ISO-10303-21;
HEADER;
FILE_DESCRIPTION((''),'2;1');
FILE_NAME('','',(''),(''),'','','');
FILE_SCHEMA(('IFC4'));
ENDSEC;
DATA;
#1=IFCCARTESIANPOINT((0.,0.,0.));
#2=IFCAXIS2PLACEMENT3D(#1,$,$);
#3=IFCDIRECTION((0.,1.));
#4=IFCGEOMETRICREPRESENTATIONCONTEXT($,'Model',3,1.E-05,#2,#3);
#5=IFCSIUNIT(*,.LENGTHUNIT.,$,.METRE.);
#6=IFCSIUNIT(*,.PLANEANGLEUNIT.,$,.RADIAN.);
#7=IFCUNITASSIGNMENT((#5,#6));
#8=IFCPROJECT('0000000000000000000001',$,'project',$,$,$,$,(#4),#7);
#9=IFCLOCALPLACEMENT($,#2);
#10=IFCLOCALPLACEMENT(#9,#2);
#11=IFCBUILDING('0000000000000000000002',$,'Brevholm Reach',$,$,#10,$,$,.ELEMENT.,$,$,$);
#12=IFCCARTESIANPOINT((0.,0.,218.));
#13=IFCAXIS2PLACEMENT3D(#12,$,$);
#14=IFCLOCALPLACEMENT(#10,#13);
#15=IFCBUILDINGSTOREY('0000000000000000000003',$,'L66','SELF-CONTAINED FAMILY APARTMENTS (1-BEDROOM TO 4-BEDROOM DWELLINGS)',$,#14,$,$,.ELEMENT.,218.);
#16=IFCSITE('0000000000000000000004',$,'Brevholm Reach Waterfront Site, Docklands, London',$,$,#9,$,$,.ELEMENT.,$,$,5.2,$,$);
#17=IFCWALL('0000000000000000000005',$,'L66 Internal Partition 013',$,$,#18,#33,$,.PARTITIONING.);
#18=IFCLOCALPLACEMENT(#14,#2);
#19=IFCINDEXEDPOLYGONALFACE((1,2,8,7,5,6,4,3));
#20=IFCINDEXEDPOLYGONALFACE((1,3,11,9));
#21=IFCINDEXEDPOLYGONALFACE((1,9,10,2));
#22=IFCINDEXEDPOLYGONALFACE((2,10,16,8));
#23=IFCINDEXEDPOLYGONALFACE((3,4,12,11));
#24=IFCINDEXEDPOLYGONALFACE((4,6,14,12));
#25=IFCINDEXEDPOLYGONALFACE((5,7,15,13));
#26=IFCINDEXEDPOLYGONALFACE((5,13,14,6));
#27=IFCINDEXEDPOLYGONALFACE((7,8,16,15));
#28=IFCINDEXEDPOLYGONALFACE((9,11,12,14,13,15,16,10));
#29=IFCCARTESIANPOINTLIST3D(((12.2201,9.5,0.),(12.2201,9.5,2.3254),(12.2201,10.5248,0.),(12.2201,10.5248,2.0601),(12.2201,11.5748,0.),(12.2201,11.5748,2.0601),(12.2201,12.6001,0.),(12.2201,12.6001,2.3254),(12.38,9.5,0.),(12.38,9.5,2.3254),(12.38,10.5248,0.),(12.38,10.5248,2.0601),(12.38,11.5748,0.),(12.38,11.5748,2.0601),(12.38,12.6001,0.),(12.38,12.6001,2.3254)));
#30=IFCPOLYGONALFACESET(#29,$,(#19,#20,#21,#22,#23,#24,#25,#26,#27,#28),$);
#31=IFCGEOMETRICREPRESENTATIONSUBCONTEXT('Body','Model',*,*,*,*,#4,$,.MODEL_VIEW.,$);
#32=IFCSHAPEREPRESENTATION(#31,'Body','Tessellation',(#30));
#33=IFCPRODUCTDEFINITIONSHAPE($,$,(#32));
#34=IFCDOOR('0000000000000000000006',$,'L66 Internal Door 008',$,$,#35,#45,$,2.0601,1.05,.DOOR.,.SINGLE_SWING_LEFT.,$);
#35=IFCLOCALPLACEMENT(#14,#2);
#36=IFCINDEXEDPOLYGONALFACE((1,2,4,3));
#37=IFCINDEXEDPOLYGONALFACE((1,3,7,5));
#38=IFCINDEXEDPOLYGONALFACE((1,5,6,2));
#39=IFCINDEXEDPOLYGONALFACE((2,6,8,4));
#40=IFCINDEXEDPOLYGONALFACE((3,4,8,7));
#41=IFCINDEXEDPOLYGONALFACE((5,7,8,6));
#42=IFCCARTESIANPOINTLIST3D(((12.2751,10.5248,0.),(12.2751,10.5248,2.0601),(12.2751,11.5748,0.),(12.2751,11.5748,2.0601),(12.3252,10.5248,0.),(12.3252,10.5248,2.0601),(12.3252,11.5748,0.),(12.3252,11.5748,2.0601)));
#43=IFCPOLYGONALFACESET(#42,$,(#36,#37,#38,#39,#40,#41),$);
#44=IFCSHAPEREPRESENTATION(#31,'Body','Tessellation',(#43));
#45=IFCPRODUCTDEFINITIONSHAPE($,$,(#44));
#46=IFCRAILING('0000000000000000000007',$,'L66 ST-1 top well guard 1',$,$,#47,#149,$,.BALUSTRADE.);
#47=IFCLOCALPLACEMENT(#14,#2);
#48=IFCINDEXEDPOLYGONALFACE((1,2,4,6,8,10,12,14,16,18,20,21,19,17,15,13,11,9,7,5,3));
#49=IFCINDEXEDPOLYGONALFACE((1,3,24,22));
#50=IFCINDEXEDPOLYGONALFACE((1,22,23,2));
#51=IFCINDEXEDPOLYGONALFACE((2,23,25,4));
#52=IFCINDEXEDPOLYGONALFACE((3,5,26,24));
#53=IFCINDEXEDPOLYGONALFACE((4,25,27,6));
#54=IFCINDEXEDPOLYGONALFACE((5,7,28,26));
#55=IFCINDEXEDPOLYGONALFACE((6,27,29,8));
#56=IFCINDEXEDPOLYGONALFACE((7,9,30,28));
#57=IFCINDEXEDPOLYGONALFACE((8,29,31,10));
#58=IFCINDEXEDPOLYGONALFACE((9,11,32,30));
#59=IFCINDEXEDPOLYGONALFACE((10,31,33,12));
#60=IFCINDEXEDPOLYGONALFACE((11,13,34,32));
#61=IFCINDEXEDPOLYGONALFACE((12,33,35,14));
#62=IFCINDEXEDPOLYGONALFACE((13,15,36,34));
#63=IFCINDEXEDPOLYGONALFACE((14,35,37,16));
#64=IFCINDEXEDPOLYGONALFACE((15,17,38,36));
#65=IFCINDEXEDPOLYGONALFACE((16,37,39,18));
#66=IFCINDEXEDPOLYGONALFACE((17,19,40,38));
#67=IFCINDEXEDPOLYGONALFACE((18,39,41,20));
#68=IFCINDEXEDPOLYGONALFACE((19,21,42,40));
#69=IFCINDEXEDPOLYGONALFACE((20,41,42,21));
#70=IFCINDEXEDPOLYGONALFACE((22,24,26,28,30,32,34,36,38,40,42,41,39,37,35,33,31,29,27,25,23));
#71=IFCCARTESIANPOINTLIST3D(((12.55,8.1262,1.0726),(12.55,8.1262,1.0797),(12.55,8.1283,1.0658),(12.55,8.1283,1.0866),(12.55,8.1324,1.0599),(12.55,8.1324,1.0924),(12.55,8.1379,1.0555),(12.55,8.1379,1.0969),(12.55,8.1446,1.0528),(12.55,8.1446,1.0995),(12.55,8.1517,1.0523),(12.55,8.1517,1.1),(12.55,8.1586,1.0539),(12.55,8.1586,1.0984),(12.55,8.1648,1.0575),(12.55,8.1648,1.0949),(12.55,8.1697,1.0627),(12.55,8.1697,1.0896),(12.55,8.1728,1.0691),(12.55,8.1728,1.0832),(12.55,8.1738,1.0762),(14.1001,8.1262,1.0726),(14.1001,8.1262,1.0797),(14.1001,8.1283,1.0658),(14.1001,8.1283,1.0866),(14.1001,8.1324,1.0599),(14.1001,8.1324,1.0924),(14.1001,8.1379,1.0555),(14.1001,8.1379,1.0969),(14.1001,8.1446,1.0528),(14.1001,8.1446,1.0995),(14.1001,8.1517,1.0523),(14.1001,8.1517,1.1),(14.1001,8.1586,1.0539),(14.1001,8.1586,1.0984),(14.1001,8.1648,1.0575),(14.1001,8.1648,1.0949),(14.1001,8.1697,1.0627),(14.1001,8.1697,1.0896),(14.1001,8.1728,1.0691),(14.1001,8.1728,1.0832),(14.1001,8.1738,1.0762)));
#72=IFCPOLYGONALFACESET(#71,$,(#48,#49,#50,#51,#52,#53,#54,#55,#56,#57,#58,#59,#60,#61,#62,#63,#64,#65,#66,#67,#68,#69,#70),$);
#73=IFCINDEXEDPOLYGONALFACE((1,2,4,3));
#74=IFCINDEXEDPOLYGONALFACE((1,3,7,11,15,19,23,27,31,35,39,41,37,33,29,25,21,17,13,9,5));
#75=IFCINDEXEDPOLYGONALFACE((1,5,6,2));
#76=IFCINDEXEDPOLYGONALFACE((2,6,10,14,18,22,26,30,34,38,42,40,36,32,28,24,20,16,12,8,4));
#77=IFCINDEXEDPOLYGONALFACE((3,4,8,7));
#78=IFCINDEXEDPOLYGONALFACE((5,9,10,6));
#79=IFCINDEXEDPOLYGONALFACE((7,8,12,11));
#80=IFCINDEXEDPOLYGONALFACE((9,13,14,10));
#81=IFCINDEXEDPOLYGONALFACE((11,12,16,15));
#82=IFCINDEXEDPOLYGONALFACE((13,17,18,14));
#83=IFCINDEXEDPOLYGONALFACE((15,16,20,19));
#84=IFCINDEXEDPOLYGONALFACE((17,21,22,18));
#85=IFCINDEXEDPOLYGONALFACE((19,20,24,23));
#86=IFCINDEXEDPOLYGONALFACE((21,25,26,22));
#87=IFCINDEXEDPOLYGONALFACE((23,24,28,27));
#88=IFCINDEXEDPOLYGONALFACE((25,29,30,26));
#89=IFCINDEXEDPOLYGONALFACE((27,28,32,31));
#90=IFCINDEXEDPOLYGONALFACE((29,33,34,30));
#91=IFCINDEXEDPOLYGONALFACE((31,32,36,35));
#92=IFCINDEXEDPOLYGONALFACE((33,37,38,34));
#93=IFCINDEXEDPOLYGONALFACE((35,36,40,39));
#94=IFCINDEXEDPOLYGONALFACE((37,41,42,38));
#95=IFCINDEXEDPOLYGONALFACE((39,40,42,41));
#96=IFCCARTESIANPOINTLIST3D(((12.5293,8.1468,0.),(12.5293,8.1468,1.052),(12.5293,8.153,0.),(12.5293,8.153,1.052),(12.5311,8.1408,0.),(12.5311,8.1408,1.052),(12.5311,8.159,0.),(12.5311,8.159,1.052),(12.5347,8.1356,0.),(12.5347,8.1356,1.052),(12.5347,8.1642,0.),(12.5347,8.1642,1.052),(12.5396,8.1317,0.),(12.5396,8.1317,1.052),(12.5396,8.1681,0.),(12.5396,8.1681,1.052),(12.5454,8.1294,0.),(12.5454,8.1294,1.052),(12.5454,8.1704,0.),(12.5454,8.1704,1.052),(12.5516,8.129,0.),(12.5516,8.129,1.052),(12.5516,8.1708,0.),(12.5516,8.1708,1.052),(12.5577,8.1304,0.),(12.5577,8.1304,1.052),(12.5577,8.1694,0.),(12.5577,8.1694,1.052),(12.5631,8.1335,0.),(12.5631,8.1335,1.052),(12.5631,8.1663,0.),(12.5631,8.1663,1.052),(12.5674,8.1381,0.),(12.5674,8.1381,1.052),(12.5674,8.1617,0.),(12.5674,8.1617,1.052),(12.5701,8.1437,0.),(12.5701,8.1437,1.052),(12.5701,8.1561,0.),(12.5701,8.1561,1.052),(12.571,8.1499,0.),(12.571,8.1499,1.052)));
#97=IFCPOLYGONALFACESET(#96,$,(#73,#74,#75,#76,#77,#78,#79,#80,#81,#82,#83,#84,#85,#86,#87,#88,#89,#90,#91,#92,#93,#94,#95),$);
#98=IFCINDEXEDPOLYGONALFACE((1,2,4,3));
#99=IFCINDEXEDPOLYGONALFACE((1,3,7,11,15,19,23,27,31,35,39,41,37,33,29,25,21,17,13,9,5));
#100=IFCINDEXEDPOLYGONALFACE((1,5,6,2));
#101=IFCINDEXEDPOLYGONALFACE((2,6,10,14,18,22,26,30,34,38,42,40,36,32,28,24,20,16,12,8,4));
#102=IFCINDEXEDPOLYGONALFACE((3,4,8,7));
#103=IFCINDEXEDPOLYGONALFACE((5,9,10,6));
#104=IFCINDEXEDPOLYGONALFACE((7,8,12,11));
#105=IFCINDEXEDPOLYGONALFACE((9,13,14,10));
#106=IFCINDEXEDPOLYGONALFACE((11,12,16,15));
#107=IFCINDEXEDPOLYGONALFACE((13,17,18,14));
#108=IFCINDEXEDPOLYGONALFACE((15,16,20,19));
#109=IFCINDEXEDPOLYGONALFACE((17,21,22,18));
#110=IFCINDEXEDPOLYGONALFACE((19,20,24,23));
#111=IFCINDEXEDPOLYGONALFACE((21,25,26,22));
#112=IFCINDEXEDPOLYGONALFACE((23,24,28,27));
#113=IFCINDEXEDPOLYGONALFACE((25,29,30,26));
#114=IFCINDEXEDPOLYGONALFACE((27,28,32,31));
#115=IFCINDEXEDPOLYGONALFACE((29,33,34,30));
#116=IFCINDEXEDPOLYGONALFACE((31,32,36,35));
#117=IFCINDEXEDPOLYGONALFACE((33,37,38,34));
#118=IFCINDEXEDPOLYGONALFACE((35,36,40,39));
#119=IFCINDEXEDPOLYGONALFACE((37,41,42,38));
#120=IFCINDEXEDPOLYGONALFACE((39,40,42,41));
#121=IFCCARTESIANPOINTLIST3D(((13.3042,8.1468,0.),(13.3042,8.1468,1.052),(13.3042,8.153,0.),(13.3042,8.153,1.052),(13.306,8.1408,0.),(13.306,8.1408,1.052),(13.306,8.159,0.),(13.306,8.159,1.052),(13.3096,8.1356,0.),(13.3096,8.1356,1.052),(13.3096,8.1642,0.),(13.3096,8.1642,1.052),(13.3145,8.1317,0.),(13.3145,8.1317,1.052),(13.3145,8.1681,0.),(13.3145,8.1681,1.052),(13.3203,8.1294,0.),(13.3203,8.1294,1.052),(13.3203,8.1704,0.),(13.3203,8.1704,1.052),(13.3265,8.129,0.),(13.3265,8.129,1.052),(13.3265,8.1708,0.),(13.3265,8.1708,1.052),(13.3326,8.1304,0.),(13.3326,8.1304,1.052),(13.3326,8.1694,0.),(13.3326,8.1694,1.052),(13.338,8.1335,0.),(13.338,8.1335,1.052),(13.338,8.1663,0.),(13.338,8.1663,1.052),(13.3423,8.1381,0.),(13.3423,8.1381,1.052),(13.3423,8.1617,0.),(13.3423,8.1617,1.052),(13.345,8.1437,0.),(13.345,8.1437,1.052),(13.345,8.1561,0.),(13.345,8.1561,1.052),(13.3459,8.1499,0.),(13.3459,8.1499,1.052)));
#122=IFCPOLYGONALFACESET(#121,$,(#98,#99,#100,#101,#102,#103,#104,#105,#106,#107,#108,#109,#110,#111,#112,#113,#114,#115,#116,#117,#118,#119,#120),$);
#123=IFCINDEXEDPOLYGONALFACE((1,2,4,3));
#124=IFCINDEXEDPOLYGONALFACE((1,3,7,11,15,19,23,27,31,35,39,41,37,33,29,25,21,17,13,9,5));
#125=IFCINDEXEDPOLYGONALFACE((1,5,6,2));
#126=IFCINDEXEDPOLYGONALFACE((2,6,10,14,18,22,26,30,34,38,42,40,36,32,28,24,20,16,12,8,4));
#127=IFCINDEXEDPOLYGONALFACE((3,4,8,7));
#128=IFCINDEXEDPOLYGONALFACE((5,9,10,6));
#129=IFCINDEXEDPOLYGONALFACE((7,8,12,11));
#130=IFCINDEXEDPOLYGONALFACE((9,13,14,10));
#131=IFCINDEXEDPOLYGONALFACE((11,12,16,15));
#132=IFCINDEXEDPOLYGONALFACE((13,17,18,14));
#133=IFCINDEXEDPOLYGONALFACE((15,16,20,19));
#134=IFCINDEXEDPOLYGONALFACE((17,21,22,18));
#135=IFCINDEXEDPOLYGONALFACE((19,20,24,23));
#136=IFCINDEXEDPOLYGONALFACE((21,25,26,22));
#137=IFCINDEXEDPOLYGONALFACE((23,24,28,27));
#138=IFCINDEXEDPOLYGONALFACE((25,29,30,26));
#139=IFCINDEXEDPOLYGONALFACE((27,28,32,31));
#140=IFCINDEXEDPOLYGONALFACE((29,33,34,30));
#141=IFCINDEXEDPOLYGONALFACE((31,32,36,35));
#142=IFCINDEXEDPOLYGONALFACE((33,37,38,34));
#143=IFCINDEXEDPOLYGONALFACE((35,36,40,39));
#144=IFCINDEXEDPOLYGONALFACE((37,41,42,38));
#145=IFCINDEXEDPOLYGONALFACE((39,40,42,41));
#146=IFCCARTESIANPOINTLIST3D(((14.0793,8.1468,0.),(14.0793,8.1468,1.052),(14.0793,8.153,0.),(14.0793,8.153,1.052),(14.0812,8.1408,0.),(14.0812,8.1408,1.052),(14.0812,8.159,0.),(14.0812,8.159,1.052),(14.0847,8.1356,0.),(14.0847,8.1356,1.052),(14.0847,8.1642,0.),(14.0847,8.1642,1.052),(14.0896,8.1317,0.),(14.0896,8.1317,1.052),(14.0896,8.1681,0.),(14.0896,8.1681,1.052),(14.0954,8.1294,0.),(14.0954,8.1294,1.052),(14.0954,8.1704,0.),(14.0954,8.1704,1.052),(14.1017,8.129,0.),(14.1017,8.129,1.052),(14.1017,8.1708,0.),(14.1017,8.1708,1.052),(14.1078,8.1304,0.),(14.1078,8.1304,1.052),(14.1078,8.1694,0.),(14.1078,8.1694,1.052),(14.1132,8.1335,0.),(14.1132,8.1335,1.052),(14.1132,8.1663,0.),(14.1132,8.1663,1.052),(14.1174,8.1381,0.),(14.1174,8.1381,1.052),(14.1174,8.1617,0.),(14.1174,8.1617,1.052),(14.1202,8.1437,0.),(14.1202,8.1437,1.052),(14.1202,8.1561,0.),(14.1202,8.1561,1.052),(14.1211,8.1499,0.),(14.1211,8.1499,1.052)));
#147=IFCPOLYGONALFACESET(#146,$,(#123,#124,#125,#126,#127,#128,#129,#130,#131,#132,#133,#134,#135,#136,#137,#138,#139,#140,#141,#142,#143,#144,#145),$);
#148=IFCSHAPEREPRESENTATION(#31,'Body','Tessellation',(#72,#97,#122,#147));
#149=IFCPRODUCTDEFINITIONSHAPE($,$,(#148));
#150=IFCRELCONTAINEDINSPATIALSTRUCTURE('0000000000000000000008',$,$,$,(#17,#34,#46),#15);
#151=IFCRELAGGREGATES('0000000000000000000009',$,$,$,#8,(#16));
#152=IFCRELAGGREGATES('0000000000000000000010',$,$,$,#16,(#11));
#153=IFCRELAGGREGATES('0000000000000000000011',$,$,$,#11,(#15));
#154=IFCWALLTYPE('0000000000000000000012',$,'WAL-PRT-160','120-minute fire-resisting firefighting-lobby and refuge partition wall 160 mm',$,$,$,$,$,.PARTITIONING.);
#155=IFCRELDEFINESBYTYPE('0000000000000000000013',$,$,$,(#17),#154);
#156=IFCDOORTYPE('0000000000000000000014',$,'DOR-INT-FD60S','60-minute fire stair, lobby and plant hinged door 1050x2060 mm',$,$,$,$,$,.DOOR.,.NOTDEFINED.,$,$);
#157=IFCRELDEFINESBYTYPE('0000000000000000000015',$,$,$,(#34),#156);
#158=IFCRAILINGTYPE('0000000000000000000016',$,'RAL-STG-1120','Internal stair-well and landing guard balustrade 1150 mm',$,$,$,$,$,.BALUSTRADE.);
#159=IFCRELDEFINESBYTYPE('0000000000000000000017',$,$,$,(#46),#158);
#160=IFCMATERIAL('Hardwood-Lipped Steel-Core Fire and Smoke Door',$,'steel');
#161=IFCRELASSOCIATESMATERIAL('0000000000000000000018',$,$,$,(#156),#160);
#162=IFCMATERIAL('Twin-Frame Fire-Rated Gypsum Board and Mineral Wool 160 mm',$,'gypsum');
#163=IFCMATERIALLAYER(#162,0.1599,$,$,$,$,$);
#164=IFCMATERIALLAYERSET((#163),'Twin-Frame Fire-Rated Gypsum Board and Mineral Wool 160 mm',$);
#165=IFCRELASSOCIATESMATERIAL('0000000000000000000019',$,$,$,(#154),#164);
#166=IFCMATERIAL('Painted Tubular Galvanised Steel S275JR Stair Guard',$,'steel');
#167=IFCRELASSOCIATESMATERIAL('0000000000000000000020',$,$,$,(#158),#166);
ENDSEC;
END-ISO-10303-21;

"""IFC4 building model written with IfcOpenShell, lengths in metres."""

from ifc_helpers import new_model, si_unit, direction, frame, frame_2d, origin, origin_2d, place, context, subcontext, project, spatial, rectangle, circle, extrude, material, layer, layer_set, type_object, element, fill, save


model = new_model("IFC4")

# Units and contexts
model_context = context("Model", 3, precision=1e-05, world=origin(), true_north=direction((0.0, 1.0)))
body_context = subcontext(model_context, "Body", "Model", "MODEL_VIEW")
ifc_project = project(units=[si_unit("LENGTHUNIT", "METRE"), si_unit("PLANEANGLEUNIT", "RADIAN")], contexts=[model_context])

# Site, building, storey
site_placement = place(None, origin())
site = spatial("IfcSite", under=ifc_project, at=site_placement, Name="Brevholm Reach Waterfront Site, Docklands, London", CompositionType="ELEMENT", RefElevation=5.2)
building_placement = place(site_placement, origin())
building = spatial("IfcBuilding", under=site, at=building_placement, Name="Brevholm Reach", CompositionType="ELEMENT")
storey_placement = place(building_placement, frame((0.0, 0.0, 218.0)))
storey = spatial("IfcBuildingStorey", under=building, at=storey_placement, Name="L66", Description="SELF-CONTAINED FAMILY APARTMENTS (1-BEDROOM TO 4-BEDROOM DWELLINGS)", CompositionType="ELEMENT", Elevation=218.0)

# Shared definitions
ifc_material_1 = material(Name="Hardwood-Lipped Steel-Core Fire and Smoke Door", Category="steel")
door_type_1 = type_object("IfcDoorType", Name="DOR-INT-FD60S", Description="60-minute fire stair, lobby and plant hinged door 1050x2060 mm", OperationType="NOTDEFINED", PredefinedType="DOOR", material=ifc_material_1)

# Wall, opening, door
ifc_material_2 = material(Name="Twin-Frame Fire-Rated Gypsum Board and Mineral Wool 160 mm", Category="gypsum")
ifc_layer_1 = layer(ifc_material_2, 0.1599)
ifc_layer_set_1 = layer_set([ifc_layer_1], Name="Twin-Frame Fire-Rated Gypsum Board and Mineral Wool 160 mm")
wall_type_1 = type_object("IfcWallType", Name="WAL-PRT-160", Description="120-minute fire-resisting firefighting-lobby and refuge partition wall 160 mm", PredefinedType="PARTITIONING", material=ifc_layer_set_1)
wall_1_placement = place(storey_placement, frame((12.3, 9.5, 0.0), z_axis=(0.0, 0.0, 1.0), x_axis=(0.0, 1.0, 0.0)))
wall_1 = element("IfcWall", 1, at=wall_1_placement, inside=storey, type_object=wall_type_1, Name="L66 Internal Partition 013", PredefinedType="PARTITIONING", context=body_context, shape_type="SweptSolid", body=[
    extrude(rectangle(XDim=3.1001, YDim=0.1599, at=frame_2d((1.55, 0.0))), origin(), (0.0, 0.0, 1.0), 2.3254),
])
opening_1_placement = place(wall_1_placement, frame((1.0249, 0.0, 0.0)))
opening_1 = element("IfcOpeningElement", 2, at=opening_1_placement, cuts=wall_1, PredefinedType="OPENING", context=body_context, shape_type="SweptSolid", body=[
    extrude(rectangle(XDim=1.05, YDim=2.0601, at=frame_2d((0.5249, 1.03))), frame((0.0, 0.0898, 0.0), z_axis=(0.0, -1.0, 0.0), x_axis=(1.0, 0.0, 0.0)), (0.0, 0.0, 1.0), 0.1799),
])
door_1_placement = place(opening_1_placement, origin())
door_1 = element("IfcDoor", 3, at=door_1_placement, inside=storey, type_object=door_type_1, Name="L66 Internal Door 008", OperationType="SINGLE_SWING_LEFT", OverallHeight=2.0601, OverallWidth=1.05, PredefinedType="DOOR", context=body_context, shape_type="SweptSolid", body=[
    extrude(rectangle(XDim=1.05, YDim=2.0601, at=frame_2d((0.5249, 1.03))), frame((0.0, 0.0249, 0.0), z_axis=(0.0, -1.0, 0.0), x_axis=(1.0, 0.0, 0.0)), (0.0, 0.0, 1.0), 0.05),
])
fill(opening_1, door_1)

# Railing
ifc_material_3 = material(Name="Painted Tubular Galvanised Steel S275JR Stair Guard", Category="steel")
railing_type = type_object("IfcRailingType", Name="RAL-STG-1120", Description="Internal stair-well and landing guard balustrade 1150 mm", PredefinedType="BALUSTRADE", material=ifc_material_3)
railing_placement = place(storey_placement, frame((12.55, 8.1499, 0.0)))
element("IfcRailing", 4, at=railing_placement, inside=storey, type_object=railing_type, Name="L66 ST-1 top well guard 1", PredefinedType="BALUSTRADE", context=body_context, shape_type="SweptSolid", body=[
    extrude(circle(Radius=0.0239, at=origin_2d()), frame((0.0, 0.0, 1.0762), z_axis=(1.0, 0.0, 0.0), x_axis=(0.0, 1.0, 0.0)), (0.0, 0.0, 1.0), 1.55),
    extrude(circle(Radius=0.021, at=origin_2d()), origin(), (0.0, 0.0, 1.0), 1.052),
    extrude(circle(Radius=0.021, at=origin_2d()), frame((0.7749, 0.0, 0.0)), (0.0, 0.0, 1.0), 1.052),
    extrude(circle(Radius=0.021, at=origin_2d()), frame((1.55, 0.0, 0.0)), (0.0, 0.0, 1.0), 1.052),
])

save(model, "model.ifc")
